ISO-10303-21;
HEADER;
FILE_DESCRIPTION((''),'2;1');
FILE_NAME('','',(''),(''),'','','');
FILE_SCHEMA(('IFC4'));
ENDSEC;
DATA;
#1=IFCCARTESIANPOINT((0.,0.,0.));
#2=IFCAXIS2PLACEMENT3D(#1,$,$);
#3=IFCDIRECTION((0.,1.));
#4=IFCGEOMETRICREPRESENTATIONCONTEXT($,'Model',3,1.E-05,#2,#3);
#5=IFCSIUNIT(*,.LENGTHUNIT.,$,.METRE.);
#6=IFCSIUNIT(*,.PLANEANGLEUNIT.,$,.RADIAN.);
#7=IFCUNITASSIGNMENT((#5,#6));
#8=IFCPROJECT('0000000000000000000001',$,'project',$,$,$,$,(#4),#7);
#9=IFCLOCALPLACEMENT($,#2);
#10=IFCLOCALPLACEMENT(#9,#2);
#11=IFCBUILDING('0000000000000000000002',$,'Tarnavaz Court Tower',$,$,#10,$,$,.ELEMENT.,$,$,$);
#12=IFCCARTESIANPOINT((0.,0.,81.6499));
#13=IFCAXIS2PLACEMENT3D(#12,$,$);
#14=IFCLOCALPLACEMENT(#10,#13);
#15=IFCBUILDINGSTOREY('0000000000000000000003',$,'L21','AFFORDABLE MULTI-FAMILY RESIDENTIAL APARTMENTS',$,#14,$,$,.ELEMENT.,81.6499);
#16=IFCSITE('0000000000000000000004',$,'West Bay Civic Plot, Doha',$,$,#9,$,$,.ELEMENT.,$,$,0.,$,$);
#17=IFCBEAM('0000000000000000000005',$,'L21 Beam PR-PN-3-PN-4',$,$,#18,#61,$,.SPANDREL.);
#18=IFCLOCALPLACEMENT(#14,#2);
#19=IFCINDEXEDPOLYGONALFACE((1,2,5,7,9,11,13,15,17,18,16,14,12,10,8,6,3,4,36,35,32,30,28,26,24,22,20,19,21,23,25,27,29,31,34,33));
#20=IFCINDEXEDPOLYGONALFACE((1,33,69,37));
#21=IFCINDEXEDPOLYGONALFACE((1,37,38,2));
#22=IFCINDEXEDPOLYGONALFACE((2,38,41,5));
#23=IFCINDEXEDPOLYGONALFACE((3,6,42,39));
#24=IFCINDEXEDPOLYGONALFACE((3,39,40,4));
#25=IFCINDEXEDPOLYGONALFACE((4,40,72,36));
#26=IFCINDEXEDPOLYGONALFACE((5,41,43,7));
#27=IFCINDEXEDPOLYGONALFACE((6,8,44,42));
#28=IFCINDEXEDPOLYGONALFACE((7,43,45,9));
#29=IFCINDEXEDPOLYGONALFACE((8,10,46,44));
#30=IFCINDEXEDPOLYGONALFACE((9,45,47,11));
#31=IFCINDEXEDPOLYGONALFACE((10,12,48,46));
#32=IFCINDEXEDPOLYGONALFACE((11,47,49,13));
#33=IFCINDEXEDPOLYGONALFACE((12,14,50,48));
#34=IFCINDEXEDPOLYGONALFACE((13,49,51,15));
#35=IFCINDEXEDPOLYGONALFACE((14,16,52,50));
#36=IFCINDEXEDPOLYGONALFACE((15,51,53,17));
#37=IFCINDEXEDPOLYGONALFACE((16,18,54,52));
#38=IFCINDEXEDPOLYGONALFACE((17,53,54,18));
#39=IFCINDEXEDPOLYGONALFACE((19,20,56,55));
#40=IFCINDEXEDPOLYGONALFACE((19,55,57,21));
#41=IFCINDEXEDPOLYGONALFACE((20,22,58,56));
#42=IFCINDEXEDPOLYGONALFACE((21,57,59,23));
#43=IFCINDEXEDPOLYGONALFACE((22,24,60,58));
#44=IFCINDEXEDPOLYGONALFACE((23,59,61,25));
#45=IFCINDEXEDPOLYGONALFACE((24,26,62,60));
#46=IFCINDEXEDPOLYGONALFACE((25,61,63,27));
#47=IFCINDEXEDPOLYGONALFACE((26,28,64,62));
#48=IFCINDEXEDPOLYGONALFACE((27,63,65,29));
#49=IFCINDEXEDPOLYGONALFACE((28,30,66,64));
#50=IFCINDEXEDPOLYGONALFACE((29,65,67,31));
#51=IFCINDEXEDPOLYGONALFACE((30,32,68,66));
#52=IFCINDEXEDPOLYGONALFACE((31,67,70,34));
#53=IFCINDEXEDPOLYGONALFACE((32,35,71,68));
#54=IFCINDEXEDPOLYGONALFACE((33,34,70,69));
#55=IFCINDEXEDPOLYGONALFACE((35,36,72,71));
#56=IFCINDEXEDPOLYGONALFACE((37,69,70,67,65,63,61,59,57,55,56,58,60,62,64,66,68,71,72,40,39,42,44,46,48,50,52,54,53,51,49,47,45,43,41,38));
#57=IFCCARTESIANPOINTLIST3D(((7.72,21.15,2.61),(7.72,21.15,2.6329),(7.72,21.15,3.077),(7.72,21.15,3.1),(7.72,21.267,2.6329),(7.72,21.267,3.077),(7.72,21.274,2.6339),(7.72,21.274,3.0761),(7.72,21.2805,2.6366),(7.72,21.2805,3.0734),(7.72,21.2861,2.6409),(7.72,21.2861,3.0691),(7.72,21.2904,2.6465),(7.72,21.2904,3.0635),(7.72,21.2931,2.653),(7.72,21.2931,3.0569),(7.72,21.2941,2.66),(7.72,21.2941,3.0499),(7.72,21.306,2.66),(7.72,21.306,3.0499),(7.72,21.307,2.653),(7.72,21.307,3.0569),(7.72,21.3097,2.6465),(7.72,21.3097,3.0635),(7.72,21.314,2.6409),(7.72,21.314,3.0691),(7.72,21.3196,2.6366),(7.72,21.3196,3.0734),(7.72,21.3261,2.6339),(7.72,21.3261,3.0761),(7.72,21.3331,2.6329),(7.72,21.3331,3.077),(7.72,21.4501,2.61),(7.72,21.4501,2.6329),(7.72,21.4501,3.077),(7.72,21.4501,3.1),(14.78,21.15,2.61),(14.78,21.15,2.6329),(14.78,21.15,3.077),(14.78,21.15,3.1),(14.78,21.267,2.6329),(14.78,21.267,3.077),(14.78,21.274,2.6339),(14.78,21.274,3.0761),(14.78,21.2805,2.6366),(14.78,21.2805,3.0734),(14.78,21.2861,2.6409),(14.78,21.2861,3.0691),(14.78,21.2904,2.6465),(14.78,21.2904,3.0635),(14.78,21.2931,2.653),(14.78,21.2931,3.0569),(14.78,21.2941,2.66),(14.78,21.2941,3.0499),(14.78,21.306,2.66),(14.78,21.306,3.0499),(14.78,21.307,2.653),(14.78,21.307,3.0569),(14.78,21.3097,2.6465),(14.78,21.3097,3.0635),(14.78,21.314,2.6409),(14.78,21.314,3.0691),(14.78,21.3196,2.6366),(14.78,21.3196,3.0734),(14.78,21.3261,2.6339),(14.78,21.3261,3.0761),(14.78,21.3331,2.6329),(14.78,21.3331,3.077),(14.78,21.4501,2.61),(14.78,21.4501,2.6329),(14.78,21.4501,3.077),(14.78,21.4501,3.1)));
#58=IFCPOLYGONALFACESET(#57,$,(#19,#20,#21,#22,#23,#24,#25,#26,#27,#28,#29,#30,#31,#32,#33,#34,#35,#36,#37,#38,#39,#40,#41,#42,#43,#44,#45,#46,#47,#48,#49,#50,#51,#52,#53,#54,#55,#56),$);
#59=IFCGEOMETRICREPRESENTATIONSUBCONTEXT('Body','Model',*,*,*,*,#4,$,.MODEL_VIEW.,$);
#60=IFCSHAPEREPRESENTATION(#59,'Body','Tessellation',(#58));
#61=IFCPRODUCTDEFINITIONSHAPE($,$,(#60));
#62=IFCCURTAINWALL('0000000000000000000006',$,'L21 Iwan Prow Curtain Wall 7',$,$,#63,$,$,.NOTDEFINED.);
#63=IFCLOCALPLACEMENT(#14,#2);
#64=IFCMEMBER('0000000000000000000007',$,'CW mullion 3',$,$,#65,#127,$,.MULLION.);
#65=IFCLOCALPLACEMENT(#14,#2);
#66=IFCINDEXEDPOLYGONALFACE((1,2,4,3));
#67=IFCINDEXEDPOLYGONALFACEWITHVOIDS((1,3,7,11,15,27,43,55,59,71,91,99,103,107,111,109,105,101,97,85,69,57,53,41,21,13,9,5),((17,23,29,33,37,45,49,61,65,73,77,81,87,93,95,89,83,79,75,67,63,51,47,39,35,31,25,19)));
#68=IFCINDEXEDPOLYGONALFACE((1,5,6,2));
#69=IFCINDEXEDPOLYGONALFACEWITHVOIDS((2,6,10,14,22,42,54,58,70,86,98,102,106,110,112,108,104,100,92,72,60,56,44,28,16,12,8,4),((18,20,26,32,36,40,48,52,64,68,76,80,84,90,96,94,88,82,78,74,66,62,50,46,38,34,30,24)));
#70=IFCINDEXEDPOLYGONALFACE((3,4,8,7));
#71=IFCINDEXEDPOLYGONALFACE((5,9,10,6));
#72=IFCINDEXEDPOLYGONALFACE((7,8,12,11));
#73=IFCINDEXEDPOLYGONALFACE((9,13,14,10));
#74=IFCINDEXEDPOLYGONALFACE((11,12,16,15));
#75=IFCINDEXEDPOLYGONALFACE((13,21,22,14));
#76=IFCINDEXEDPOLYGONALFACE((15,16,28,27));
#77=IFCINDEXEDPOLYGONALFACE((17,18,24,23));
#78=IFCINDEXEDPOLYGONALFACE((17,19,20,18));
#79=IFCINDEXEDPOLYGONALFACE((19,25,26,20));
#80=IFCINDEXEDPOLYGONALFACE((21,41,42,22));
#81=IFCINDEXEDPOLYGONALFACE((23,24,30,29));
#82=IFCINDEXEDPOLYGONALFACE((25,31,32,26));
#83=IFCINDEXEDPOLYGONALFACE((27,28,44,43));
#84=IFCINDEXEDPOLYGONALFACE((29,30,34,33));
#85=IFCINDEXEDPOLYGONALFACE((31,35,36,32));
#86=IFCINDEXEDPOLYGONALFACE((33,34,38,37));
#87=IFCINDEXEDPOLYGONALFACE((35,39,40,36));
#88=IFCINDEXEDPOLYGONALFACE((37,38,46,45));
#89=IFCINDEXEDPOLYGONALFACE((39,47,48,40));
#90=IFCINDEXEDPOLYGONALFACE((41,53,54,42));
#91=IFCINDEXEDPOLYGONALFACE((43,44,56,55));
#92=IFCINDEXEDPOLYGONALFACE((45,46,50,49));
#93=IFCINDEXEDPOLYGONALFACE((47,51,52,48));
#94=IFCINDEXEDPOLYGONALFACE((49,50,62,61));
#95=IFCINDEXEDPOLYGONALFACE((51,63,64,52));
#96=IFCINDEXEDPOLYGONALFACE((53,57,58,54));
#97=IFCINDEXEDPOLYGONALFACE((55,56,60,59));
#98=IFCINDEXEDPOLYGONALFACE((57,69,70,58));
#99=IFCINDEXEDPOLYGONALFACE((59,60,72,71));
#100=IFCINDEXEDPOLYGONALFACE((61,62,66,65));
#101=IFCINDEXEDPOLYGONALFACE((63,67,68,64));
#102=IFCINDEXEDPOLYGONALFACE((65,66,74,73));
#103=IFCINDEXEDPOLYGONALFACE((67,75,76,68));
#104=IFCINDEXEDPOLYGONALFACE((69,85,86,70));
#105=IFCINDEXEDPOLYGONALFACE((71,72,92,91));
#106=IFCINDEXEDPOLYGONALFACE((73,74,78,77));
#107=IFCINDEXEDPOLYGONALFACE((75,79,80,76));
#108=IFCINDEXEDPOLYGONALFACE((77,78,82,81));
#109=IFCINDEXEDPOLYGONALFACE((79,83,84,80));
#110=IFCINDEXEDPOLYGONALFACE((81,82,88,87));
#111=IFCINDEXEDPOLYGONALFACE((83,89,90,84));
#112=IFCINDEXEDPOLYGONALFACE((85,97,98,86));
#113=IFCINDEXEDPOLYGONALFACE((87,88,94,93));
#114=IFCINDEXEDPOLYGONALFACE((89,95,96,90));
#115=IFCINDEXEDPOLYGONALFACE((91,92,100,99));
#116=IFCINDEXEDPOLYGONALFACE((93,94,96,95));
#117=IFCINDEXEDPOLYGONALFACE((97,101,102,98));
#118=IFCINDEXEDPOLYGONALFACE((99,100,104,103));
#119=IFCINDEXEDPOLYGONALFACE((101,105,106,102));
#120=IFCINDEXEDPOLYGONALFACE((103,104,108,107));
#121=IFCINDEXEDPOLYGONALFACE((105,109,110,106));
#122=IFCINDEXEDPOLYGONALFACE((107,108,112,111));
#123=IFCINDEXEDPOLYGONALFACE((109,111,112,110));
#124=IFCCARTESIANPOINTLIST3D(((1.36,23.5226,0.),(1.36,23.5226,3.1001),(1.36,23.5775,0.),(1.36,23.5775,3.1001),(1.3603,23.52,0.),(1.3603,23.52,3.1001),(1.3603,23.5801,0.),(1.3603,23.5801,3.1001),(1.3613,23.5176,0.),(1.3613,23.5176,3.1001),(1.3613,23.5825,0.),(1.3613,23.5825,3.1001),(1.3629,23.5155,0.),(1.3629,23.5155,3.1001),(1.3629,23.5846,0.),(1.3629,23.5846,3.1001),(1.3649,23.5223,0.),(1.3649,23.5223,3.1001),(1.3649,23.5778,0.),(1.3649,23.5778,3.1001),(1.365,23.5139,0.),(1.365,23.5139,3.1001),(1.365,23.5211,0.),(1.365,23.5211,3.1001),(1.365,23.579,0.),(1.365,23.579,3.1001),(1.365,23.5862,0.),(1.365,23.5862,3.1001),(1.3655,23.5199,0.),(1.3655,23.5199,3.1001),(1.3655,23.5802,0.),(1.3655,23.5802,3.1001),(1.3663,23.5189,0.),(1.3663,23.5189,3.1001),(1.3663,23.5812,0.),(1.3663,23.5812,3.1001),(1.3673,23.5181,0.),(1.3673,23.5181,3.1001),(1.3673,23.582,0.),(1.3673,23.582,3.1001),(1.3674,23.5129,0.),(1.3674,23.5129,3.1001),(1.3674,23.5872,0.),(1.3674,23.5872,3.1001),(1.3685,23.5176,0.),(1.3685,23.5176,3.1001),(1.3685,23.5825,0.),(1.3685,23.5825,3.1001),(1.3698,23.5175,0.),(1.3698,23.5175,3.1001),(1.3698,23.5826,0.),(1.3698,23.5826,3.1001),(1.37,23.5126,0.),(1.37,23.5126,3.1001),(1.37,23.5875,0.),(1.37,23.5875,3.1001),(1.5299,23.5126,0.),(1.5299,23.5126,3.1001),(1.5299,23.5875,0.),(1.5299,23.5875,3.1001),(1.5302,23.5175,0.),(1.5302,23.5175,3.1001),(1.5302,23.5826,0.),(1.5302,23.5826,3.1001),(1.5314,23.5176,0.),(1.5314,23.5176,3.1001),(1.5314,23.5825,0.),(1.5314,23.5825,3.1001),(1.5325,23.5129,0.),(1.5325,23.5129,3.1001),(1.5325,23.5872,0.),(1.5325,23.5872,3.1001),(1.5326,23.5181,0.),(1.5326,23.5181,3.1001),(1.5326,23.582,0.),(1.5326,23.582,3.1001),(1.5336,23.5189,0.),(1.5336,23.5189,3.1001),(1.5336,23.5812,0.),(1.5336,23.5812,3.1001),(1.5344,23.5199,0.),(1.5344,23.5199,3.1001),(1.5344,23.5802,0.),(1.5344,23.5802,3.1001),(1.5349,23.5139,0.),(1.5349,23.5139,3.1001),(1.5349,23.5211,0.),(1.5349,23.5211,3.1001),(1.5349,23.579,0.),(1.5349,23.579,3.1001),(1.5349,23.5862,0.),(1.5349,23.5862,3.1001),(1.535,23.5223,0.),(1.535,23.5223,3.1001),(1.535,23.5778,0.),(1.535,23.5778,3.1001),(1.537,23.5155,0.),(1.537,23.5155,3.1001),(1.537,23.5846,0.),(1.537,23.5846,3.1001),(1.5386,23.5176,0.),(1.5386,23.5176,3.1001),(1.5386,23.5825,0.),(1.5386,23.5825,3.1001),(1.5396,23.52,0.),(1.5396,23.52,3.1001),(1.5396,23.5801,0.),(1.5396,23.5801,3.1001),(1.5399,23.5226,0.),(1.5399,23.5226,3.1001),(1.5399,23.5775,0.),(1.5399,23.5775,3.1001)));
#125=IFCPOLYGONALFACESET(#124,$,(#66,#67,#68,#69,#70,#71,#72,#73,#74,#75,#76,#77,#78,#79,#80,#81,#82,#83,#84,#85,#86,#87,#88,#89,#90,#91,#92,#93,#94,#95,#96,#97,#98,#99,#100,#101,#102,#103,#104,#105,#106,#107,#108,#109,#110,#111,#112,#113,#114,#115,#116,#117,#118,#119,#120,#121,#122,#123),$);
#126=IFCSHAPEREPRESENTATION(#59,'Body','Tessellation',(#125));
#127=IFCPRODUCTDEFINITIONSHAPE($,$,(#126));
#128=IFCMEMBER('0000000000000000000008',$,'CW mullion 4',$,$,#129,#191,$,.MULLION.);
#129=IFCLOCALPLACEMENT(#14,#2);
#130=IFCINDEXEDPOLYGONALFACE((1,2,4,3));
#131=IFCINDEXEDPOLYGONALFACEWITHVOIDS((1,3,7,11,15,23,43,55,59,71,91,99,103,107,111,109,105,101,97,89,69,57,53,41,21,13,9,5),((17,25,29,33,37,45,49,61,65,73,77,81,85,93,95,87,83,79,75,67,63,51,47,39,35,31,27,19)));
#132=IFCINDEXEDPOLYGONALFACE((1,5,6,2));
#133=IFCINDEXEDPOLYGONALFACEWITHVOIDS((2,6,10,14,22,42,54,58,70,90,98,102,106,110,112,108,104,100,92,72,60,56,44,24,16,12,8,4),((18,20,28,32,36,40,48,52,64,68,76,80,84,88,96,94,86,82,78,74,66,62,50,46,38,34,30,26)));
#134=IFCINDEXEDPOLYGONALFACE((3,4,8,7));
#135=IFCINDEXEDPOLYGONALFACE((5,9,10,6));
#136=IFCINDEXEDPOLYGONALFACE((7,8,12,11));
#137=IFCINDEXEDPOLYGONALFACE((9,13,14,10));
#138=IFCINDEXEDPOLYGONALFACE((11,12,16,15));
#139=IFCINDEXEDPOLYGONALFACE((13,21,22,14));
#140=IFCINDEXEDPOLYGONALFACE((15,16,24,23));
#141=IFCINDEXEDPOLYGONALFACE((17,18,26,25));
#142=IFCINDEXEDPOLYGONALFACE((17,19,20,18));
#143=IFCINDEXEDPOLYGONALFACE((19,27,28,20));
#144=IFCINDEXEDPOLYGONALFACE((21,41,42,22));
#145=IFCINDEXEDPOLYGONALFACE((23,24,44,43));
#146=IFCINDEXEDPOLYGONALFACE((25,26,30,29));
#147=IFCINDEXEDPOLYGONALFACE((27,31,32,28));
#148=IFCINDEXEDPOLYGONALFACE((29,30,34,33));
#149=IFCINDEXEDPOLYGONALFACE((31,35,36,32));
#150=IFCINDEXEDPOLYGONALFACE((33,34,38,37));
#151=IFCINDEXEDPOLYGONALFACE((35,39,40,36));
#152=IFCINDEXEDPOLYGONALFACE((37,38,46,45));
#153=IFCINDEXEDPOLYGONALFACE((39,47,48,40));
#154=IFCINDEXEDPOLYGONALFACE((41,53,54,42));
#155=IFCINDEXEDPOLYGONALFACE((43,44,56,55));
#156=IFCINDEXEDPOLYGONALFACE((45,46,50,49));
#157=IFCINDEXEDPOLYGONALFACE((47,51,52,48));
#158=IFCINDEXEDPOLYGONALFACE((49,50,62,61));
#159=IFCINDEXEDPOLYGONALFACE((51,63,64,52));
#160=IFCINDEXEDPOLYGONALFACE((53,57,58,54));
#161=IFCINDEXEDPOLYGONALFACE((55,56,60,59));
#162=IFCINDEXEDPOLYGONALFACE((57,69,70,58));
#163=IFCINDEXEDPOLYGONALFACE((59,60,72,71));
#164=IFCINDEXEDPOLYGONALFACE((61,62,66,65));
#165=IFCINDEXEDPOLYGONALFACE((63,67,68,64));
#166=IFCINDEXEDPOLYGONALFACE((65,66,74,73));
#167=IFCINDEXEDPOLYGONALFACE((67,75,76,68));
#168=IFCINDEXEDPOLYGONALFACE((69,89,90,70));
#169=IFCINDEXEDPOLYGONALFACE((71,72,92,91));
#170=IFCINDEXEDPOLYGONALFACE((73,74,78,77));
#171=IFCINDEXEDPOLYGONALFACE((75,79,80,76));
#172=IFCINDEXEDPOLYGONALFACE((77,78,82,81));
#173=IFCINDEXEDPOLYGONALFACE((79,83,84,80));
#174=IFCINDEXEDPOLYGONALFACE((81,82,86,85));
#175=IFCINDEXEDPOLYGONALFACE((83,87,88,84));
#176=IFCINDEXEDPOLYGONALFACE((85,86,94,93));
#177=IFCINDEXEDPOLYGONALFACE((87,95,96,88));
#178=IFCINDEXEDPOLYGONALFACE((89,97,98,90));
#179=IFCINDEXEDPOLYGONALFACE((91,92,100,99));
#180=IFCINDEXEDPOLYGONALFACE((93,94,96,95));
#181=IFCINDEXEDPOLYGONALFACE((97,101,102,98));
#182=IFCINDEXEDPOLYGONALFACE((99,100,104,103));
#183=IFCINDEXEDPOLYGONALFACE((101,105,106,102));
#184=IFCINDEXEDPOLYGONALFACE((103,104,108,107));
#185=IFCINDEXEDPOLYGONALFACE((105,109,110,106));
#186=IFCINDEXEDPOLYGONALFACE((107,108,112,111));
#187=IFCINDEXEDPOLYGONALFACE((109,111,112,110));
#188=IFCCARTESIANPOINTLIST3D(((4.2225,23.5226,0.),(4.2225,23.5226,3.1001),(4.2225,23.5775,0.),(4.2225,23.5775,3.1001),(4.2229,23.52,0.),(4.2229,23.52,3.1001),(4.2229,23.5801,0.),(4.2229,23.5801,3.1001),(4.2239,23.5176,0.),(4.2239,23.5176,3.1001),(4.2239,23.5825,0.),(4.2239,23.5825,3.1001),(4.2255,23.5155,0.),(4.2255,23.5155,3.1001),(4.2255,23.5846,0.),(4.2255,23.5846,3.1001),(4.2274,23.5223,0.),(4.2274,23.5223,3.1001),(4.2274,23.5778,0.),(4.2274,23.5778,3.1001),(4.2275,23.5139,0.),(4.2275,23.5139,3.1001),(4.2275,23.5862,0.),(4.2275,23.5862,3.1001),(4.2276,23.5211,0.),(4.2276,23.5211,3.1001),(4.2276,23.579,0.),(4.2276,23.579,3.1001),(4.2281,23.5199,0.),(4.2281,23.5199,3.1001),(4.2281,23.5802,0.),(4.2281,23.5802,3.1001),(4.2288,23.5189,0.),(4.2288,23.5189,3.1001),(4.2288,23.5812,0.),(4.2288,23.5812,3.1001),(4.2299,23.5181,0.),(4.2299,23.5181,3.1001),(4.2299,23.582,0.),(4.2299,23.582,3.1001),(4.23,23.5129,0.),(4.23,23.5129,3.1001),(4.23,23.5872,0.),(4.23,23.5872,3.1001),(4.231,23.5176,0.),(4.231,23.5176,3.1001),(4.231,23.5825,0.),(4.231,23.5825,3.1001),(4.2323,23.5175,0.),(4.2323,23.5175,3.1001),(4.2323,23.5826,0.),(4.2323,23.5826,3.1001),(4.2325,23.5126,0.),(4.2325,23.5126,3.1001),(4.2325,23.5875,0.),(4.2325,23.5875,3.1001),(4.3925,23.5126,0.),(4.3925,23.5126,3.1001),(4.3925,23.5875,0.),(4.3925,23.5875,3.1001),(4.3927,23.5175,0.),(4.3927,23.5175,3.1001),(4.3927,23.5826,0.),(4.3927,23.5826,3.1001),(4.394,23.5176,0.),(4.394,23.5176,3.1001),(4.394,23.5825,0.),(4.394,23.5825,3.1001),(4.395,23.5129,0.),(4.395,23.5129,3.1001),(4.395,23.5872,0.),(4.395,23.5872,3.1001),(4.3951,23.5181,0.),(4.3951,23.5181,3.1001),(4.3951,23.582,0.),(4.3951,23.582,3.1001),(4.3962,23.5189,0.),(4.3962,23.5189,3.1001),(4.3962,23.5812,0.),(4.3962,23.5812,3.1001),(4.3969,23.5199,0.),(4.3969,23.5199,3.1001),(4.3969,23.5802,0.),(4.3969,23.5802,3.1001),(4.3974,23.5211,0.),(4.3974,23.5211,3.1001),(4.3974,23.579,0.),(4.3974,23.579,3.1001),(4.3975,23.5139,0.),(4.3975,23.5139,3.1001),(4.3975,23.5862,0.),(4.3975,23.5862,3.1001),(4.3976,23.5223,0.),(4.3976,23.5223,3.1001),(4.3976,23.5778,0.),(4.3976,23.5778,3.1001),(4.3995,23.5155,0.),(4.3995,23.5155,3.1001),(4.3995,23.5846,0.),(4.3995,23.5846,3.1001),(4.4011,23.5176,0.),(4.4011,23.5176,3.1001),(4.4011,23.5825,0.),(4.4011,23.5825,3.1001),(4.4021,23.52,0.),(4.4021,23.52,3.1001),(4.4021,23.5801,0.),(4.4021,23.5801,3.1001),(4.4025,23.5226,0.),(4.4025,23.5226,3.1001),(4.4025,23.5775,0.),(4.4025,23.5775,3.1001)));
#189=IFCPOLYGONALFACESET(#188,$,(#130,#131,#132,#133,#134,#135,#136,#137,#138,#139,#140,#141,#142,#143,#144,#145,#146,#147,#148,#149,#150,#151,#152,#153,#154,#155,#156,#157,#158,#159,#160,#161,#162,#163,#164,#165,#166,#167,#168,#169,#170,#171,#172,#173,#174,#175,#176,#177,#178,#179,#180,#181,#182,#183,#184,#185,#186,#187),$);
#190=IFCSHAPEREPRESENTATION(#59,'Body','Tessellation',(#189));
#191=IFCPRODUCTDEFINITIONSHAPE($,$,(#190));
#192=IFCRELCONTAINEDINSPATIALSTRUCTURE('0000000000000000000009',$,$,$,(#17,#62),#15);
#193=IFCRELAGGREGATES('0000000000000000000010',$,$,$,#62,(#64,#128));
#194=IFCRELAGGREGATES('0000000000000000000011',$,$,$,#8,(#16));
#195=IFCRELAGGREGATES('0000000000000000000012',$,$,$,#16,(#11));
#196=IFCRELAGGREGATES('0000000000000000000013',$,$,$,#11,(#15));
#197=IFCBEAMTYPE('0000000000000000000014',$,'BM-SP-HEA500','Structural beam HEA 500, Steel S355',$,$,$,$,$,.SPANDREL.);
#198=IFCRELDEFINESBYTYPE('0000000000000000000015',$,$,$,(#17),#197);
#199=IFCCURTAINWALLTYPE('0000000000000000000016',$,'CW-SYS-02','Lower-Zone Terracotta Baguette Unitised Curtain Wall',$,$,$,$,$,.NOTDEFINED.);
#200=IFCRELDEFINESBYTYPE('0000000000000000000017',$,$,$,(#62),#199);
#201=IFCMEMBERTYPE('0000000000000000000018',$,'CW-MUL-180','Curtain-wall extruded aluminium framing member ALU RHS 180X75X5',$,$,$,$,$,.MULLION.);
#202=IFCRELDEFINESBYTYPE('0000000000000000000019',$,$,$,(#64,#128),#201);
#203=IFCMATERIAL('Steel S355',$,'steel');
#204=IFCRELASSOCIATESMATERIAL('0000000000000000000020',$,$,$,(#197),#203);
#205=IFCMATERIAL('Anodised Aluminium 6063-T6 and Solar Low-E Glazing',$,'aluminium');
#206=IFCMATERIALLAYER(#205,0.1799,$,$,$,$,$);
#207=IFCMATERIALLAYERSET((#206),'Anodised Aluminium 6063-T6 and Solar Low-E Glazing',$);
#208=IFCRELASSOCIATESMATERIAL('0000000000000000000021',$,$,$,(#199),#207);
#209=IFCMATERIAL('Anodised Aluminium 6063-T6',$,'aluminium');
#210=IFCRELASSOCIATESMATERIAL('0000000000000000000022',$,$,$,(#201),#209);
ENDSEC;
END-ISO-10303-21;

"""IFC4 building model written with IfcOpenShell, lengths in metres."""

from ifc_helpers import new_model, si_unit, direction, frame, origin, origin_2d, place, context, subcontext, project, spatial, hollow_rectangle, i_section, extrude, material, layer, layer_set, material_profile, profile_set, type_object, element, aggregate, save


model = new_model("IFC4")

# Units and contexts
model_context = context("Model", 3, precision=1e-05, world=origin(), true_north=direction((0.0, 1.0)))
body_context = subcontext(model_context, "Body", "Model", "MODEL_VIEW")
ifc_project = project(units=[si_unit("LENGTHUNIT", "METRE"), si_unit("PLANEANGLEUNIT", "RADIAN")], contexts=[model_context])

# Site, building, storey
site_placement = place(None, origin())
site = spatial("IfcSite", under=ifc_project, at=site_placement, Name="West Bay Civic Plot, Doha", CompositionType="ELEMENT", RefElevation=0.0)
building_placement = place(site_placement, origin())
building = spatial("IfcBuilding", under=site, at=building_placement, Name="Tarnavaz Court Tower", CompositionType="ELEMENT")
storey_placement = place(building_placement, frame((0.0, 0.0, 81.6499)))
storey = spatial("IfcBuildingStorey", under=building, at=storey_placement, Name="L21", Description="AFFORDABLE MULTI-FAMILY RESIDENTIAL APARTMENTS", CompositionType="ELEMENT", Elevation=81.6499)

# Beam
ifc_material_1 = material(Name="Steel S355", Category="steel")
ifc_material_profile_1 = material_profile(ifc_material_1, i_section(OverallWidth=0.3, OverallDepth=0.49, WebThickness=0.012, FlangeThickness=0.0229, FilletRadius=0.0271, at=origin_2d()), Name="HEA 500")
ifc_profile_set_1 = profile_set([ifc_material_profile_1], Name="Steel S355")
beam_type_1 = type_object("IfcBeamType", Name="BM-SP-HEA500", Description="Structural beam HEA 500, Steel S355", PredefinedType="SPANDREL", material=ifc_profile_set_1)
beam_placement = place(storey_placement, frame((7.72, 21.3, 2.855), z_axis=(1.0, 0.0, 0.0), x_axis=(0.0, 1.0, 0.0)))
element("IfcBeam", 1, at=beam_placement, inside=storey, type_object=beam_type_1, Name="L21 Beam PR-PN-3-PN-4", PredefinedType="SPANDREL", context=body_context, shape_type="SweptSolid", body=[
    extrude(i_section(OverallWidth=0.3, OverallDepth=0.49, WebThickness=0.012, FlangeThickness=0.0229, FilletRadius=0.0271, at=origin_2d()), origin(), (0.0, 0.0, 1.0), 7.0601),
])

# Curtain wall, members
ifc_material_2 = material(Name="Anodised Aluminium 6063-T6 and Solar Low-E Glazing", Category="aluminium")
ifc_layer_1 = layer(ifc_material_2, 0.1799)
ifc_layer_set_1 = layer_set([ifc_layer_1], Name="Anodised Aluminium 6063-T6 and Solar Low-E Glazing")
curtain_wall_type = type_object("IfcCurtainWallType", Name="CW-SYS-02", Description="Lower-Zone Terracotta Baguette Unitised Curtain Wall", PredefinedType="NOTDEFINED", material=ifc_layer_set_1)
curtain_wall_placement = place(storey_placement, origin())
curtain_wall = element("IfcCurtainWall", 2, at=curtain_wall_placement, inside=storey, type_object=curtain_wall_type, Name="L21 Iwan Prow Curtain Wall 7", PredefinedType="NOTDEFINED")
ifc_material_3 = material(Name="Anodised Aluminium 6063-T6", Category="aluminium")
ifc_material_profile_2 = material_profile(ifc_material_3, hollow_rectangle(XDim=0.075, YDim=0.1799, WallThickness=0.0049, InnerFilletRadius=0.0049, OuterFilletRadius=0.01, at=origin_2d()), Name="ALU RHS 180X75X5")
ifc_profile_set_2 = profile_set([ifc_material_profile_2], Name="Anodised Aluminium 6063-T6")
member_type_1 = type_object("IfcMemberType", Name="CW-MUL-180", Description="Curtain-wall extruded aluminium framing member ALU RHS 180X75X5", PredefinedType="MULLION", material=ifc_profile_set_2)
member_1_placement = place(storey_placement, frame((1.45, 23.55, 0.0), z_axis=(0.0, 0.0, 1.0), x_axis=(0.0, 1.0, 0.0)))
member_1 = element("IfcMember", 3, at=member_1_placement, type_object=member_type_1, Name="CW mullion 3", PredefinedType="MULLION", context=body_context, shape_type="SweptSolid", body=[
    extrude(hollow_rectangle(XDim=0.075, YDim=0.1799, WallThickness=0.0049, InnerFilletRadius=0.0049, OuterFilletRadius=0.01, at=origin_2d()), origin(), (0.0, 0.0, 1.0), 3.1001),
])
member_2_placement = place(storey_placement, frame((4.3125, 23.55, 0.0), z_axis=(0.0, 0.0, 1.0), x_axis=(0.0, 1.0, 0.0)))
member_2 = element("IfcMember", 4, at=member_2_placement, type_object=member_type_1, Name="CW mullion 4", PredefinedType="MULLION", context=body_context, shape_type="SweptSolid", body=[
    extrude(hollow_rectangle(XDim=0.075, YDim=0.1799, WallThickness=0.0049, InnerFilletRadius=0.0049, OuterFilletRadius=0.01, at=origin_2d()), origin(), (0.0, 0.0, 1.0), 3.1001),
])
aggregate(curtain_wall, [member_1, member_2])

save(model, "model.ifc")
